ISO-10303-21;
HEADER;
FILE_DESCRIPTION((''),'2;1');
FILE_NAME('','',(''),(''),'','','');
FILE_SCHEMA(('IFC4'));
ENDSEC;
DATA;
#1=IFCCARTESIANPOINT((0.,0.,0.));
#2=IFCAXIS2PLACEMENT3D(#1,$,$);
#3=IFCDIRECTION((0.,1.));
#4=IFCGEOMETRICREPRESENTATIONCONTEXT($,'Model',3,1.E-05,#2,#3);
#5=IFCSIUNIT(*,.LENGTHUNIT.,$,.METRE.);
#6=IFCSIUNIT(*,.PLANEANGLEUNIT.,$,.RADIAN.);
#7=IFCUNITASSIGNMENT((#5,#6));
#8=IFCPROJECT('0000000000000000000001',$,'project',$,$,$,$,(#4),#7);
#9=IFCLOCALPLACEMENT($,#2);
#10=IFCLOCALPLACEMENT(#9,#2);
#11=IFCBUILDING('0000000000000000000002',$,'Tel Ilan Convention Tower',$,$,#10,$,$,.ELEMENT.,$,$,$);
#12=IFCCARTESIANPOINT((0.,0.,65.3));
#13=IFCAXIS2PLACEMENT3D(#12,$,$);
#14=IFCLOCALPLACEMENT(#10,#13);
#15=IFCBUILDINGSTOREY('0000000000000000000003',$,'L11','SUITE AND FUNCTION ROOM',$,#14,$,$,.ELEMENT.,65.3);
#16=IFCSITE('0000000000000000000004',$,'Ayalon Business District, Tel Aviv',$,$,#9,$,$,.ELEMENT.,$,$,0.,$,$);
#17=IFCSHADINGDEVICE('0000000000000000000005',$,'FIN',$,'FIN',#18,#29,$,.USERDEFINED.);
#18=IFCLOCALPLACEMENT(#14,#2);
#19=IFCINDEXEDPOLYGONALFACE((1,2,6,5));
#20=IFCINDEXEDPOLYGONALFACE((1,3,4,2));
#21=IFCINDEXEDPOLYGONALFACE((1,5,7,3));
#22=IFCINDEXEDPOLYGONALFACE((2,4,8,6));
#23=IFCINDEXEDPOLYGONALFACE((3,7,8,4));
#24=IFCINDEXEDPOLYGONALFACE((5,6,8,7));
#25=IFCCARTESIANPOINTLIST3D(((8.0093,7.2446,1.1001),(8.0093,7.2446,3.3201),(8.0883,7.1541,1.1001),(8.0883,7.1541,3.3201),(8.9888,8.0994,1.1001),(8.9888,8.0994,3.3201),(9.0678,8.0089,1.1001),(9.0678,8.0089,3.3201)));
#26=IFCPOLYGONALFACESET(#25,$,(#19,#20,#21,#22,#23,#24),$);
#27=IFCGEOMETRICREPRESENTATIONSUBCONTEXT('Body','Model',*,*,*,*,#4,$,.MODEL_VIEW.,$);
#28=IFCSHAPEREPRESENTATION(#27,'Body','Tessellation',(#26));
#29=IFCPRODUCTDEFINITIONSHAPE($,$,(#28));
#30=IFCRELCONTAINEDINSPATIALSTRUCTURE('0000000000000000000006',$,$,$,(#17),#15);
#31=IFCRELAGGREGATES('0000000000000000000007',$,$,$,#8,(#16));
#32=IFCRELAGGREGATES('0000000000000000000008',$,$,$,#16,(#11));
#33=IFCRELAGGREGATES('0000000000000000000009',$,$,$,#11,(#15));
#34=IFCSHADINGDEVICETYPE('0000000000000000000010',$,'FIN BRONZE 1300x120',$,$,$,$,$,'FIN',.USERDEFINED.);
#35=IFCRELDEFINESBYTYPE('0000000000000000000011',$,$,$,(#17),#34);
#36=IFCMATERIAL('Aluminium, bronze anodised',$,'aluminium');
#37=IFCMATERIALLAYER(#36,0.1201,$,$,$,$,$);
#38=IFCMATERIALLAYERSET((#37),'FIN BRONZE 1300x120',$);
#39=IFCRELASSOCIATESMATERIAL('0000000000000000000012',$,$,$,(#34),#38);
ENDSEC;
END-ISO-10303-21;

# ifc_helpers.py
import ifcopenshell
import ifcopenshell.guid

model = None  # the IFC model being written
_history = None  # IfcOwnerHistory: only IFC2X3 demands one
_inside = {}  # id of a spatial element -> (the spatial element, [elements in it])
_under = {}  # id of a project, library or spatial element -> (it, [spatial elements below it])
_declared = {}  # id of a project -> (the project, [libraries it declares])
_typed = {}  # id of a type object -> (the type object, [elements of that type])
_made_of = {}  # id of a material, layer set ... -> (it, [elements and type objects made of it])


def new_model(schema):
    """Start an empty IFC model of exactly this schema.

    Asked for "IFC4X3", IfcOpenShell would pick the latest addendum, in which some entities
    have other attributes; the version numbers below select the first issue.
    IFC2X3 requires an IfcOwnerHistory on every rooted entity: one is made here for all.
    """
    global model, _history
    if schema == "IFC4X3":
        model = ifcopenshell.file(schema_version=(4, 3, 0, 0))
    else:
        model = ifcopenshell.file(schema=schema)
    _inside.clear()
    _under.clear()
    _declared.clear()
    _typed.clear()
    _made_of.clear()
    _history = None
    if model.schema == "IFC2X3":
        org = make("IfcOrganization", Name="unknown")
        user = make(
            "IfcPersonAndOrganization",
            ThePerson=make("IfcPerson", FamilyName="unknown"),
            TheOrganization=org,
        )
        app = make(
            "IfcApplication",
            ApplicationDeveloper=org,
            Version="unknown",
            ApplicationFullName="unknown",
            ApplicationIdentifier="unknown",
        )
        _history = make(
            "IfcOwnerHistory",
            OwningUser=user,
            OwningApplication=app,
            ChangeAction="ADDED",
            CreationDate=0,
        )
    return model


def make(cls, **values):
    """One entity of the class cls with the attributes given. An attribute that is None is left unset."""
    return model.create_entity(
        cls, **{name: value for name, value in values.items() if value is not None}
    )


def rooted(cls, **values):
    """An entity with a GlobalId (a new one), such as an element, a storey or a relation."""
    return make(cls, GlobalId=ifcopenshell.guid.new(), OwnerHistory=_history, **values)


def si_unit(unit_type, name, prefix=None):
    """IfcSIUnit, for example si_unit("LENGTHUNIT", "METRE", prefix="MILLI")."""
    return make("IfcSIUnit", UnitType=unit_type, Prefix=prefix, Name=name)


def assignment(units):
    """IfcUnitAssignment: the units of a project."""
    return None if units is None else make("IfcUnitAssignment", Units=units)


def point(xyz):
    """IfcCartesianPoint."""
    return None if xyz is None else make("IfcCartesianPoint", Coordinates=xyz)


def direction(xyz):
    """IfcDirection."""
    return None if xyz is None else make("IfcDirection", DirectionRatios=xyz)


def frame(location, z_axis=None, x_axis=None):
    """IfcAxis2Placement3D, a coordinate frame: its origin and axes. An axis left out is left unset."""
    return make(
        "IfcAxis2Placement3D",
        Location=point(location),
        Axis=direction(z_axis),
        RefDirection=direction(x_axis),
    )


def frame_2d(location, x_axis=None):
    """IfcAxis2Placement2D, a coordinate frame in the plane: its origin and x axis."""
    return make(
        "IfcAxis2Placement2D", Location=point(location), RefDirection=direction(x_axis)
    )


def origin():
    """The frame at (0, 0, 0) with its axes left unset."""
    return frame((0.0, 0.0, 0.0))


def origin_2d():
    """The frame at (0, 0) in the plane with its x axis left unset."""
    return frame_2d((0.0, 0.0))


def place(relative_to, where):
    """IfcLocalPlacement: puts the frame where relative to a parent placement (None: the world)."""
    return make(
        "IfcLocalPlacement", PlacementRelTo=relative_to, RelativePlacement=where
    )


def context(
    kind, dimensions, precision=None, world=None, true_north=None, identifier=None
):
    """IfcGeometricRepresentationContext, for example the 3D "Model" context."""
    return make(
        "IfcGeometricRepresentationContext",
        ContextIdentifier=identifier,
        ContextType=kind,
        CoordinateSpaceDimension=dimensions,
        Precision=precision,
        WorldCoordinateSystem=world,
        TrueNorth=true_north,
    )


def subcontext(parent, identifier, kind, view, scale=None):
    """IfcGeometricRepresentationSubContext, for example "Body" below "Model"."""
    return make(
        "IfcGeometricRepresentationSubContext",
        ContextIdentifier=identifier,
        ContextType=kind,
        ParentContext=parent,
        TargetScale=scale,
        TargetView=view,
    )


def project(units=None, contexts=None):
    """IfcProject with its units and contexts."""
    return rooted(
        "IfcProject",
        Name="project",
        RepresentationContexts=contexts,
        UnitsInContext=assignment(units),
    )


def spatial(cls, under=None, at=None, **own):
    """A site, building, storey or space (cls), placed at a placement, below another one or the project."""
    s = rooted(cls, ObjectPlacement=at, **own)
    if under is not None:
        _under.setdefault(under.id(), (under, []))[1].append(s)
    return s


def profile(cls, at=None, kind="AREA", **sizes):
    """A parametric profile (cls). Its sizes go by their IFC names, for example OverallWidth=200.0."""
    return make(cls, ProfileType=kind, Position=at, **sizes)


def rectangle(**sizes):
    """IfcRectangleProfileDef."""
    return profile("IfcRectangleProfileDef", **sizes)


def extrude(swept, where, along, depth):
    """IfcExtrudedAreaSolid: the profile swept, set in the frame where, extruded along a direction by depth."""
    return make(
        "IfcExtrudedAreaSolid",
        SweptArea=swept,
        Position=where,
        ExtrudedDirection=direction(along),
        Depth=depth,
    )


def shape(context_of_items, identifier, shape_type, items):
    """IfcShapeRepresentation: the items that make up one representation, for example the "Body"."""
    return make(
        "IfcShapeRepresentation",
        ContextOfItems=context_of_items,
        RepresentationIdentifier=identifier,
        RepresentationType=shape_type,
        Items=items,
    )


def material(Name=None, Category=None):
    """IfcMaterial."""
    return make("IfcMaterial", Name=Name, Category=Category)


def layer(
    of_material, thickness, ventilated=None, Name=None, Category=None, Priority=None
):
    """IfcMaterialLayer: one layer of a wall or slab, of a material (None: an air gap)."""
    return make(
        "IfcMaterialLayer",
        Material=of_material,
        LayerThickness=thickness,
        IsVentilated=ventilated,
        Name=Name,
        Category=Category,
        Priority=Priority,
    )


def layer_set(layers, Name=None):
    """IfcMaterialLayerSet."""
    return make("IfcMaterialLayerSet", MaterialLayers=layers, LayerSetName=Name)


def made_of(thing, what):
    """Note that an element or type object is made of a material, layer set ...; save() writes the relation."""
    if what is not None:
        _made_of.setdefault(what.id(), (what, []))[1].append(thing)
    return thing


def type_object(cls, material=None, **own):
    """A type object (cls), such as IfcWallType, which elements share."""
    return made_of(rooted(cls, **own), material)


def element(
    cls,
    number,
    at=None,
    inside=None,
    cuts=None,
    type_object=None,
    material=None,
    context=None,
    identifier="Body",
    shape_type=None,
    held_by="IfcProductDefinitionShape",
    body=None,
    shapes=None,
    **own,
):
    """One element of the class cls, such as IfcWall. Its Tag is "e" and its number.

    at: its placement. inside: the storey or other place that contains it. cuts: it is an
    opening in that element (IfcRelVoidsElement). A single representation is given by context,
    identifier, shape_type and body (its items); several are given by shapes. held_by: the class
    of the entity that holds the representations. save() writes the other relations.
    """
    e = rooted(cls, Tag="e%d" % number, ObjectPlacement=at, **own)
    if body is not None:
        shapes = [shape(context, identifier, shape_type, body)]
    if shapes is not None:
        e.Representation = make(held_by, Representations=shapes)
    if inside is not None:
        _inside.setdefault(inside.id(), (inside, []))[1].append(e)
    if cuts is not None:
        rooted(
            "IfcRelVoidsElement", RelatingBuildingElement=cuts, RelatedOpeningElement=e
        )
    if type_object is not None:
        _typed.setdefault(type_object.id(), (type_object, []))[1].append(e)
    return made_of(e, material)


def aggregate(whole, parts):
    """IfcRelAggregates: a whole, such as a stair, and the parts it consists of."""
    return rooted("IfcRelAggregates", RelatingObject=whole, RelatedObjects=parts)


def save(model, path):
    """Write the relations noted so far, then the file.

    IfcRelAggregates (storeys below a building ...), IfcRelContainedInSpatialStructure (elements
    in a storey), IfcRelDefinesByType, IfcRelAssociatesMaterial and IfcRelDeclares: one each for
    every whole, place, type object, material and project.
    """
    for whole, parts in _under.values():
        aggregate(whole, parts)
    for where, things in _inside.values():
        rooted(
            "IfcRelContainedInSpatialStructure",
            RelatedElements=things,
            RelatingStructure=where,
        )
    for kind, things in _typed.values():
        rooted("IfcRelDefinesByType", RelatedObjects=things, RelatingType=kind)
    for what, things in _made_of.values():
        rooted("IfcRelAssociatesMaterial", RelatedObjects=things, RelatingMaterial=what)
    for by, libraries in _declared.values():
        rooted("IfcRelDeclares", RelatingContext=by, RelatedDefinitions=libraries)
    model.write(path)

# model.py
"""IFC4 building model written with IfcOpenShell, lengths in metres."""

from ifc_helpers import new_model, si_unit, direction, frame, origin, origin_2d, place, context, subcontext, project, spatial, rectangle, extrude, material, layer, layer_set, type_object, element, save


model = new_model("IFC4")

# Units and contexts
model_context = context("Model", 3, precision=1e-05, world=origin(), true_north=direction((0.0, 1.0)))
body_context = subcontext(model_context, "Body", "Model", "MODEL_VIEW")
ifc_project = project(units=[si_unit("LENGTHUNIT", "METRE"), si_unit("PLANEANGLEUNIT", "RADIAN")], contexts=[model_context])

# Site, building, storey
site_placement = place(None, origin())
site = spatial("IfcSite", under=ifc_project, at=site_placement, Name="Ayalon Business District, Tel Aviv", CompositionType="ELEMENT", RefElevation=0.0)
building_placement = place(site_placement, origin())
building = spatial("IfcBuilding", under=site, at=building_placement, Name="Tel Ilan Convention Tower", CompositionType="ELEMENT")
storey_placement = place(building_placement, frame((0.0, 0.0, 65.3)))
storey = spatial("IfcBuildingStorey", under=building, at=storey_placement, Name="L11", Description="SUITE AND FUNCTION ROOM", CompositionType="ELEMENT", Elevation=65.3)

# Shading device
ifc_material_1 = material(Name="Aluminium, bronze anodised", Category="aluminium")
ifc_layer_1 = layer(ifc_material_1, 0.1201)
ifc_layer_set_1 = layer_set([ifc_layer_1], Name="FIN BRONZE 1300x120")
shading_device_type = type_object("IfcShadingDeviceType", Name="FIN BRONZE 1300x120", ElementType="FIN", PredefinedType="USERDEFINED", material=ifc_layer_set_1)
for number, where, z_axis, x_axis, name in (
    (1, (8.5386, 7.6267, 1.1001), (0.0, 0.0, 1.0), (0.753436, 0.657521, 0.0), "FIN"),
):
    element("IfcShadingDevice", number, at=place(storey_placement, frame(where, z_axis=z_axis, x_axis=x_axis)), inside=storey, type_object=shading_device_type, Name=name, ObjectType="FIN", PredefinedType="USERDEFINED", context=body_context, shape_type="SweptSolid", body=[
        extrude(rectangle(XDim=1.3, YDim=0.1201, at=origin_2d()), origin(), (0.0, 0.0, 1.0), 2.22),
    ])

save(model, "model.ifc")
